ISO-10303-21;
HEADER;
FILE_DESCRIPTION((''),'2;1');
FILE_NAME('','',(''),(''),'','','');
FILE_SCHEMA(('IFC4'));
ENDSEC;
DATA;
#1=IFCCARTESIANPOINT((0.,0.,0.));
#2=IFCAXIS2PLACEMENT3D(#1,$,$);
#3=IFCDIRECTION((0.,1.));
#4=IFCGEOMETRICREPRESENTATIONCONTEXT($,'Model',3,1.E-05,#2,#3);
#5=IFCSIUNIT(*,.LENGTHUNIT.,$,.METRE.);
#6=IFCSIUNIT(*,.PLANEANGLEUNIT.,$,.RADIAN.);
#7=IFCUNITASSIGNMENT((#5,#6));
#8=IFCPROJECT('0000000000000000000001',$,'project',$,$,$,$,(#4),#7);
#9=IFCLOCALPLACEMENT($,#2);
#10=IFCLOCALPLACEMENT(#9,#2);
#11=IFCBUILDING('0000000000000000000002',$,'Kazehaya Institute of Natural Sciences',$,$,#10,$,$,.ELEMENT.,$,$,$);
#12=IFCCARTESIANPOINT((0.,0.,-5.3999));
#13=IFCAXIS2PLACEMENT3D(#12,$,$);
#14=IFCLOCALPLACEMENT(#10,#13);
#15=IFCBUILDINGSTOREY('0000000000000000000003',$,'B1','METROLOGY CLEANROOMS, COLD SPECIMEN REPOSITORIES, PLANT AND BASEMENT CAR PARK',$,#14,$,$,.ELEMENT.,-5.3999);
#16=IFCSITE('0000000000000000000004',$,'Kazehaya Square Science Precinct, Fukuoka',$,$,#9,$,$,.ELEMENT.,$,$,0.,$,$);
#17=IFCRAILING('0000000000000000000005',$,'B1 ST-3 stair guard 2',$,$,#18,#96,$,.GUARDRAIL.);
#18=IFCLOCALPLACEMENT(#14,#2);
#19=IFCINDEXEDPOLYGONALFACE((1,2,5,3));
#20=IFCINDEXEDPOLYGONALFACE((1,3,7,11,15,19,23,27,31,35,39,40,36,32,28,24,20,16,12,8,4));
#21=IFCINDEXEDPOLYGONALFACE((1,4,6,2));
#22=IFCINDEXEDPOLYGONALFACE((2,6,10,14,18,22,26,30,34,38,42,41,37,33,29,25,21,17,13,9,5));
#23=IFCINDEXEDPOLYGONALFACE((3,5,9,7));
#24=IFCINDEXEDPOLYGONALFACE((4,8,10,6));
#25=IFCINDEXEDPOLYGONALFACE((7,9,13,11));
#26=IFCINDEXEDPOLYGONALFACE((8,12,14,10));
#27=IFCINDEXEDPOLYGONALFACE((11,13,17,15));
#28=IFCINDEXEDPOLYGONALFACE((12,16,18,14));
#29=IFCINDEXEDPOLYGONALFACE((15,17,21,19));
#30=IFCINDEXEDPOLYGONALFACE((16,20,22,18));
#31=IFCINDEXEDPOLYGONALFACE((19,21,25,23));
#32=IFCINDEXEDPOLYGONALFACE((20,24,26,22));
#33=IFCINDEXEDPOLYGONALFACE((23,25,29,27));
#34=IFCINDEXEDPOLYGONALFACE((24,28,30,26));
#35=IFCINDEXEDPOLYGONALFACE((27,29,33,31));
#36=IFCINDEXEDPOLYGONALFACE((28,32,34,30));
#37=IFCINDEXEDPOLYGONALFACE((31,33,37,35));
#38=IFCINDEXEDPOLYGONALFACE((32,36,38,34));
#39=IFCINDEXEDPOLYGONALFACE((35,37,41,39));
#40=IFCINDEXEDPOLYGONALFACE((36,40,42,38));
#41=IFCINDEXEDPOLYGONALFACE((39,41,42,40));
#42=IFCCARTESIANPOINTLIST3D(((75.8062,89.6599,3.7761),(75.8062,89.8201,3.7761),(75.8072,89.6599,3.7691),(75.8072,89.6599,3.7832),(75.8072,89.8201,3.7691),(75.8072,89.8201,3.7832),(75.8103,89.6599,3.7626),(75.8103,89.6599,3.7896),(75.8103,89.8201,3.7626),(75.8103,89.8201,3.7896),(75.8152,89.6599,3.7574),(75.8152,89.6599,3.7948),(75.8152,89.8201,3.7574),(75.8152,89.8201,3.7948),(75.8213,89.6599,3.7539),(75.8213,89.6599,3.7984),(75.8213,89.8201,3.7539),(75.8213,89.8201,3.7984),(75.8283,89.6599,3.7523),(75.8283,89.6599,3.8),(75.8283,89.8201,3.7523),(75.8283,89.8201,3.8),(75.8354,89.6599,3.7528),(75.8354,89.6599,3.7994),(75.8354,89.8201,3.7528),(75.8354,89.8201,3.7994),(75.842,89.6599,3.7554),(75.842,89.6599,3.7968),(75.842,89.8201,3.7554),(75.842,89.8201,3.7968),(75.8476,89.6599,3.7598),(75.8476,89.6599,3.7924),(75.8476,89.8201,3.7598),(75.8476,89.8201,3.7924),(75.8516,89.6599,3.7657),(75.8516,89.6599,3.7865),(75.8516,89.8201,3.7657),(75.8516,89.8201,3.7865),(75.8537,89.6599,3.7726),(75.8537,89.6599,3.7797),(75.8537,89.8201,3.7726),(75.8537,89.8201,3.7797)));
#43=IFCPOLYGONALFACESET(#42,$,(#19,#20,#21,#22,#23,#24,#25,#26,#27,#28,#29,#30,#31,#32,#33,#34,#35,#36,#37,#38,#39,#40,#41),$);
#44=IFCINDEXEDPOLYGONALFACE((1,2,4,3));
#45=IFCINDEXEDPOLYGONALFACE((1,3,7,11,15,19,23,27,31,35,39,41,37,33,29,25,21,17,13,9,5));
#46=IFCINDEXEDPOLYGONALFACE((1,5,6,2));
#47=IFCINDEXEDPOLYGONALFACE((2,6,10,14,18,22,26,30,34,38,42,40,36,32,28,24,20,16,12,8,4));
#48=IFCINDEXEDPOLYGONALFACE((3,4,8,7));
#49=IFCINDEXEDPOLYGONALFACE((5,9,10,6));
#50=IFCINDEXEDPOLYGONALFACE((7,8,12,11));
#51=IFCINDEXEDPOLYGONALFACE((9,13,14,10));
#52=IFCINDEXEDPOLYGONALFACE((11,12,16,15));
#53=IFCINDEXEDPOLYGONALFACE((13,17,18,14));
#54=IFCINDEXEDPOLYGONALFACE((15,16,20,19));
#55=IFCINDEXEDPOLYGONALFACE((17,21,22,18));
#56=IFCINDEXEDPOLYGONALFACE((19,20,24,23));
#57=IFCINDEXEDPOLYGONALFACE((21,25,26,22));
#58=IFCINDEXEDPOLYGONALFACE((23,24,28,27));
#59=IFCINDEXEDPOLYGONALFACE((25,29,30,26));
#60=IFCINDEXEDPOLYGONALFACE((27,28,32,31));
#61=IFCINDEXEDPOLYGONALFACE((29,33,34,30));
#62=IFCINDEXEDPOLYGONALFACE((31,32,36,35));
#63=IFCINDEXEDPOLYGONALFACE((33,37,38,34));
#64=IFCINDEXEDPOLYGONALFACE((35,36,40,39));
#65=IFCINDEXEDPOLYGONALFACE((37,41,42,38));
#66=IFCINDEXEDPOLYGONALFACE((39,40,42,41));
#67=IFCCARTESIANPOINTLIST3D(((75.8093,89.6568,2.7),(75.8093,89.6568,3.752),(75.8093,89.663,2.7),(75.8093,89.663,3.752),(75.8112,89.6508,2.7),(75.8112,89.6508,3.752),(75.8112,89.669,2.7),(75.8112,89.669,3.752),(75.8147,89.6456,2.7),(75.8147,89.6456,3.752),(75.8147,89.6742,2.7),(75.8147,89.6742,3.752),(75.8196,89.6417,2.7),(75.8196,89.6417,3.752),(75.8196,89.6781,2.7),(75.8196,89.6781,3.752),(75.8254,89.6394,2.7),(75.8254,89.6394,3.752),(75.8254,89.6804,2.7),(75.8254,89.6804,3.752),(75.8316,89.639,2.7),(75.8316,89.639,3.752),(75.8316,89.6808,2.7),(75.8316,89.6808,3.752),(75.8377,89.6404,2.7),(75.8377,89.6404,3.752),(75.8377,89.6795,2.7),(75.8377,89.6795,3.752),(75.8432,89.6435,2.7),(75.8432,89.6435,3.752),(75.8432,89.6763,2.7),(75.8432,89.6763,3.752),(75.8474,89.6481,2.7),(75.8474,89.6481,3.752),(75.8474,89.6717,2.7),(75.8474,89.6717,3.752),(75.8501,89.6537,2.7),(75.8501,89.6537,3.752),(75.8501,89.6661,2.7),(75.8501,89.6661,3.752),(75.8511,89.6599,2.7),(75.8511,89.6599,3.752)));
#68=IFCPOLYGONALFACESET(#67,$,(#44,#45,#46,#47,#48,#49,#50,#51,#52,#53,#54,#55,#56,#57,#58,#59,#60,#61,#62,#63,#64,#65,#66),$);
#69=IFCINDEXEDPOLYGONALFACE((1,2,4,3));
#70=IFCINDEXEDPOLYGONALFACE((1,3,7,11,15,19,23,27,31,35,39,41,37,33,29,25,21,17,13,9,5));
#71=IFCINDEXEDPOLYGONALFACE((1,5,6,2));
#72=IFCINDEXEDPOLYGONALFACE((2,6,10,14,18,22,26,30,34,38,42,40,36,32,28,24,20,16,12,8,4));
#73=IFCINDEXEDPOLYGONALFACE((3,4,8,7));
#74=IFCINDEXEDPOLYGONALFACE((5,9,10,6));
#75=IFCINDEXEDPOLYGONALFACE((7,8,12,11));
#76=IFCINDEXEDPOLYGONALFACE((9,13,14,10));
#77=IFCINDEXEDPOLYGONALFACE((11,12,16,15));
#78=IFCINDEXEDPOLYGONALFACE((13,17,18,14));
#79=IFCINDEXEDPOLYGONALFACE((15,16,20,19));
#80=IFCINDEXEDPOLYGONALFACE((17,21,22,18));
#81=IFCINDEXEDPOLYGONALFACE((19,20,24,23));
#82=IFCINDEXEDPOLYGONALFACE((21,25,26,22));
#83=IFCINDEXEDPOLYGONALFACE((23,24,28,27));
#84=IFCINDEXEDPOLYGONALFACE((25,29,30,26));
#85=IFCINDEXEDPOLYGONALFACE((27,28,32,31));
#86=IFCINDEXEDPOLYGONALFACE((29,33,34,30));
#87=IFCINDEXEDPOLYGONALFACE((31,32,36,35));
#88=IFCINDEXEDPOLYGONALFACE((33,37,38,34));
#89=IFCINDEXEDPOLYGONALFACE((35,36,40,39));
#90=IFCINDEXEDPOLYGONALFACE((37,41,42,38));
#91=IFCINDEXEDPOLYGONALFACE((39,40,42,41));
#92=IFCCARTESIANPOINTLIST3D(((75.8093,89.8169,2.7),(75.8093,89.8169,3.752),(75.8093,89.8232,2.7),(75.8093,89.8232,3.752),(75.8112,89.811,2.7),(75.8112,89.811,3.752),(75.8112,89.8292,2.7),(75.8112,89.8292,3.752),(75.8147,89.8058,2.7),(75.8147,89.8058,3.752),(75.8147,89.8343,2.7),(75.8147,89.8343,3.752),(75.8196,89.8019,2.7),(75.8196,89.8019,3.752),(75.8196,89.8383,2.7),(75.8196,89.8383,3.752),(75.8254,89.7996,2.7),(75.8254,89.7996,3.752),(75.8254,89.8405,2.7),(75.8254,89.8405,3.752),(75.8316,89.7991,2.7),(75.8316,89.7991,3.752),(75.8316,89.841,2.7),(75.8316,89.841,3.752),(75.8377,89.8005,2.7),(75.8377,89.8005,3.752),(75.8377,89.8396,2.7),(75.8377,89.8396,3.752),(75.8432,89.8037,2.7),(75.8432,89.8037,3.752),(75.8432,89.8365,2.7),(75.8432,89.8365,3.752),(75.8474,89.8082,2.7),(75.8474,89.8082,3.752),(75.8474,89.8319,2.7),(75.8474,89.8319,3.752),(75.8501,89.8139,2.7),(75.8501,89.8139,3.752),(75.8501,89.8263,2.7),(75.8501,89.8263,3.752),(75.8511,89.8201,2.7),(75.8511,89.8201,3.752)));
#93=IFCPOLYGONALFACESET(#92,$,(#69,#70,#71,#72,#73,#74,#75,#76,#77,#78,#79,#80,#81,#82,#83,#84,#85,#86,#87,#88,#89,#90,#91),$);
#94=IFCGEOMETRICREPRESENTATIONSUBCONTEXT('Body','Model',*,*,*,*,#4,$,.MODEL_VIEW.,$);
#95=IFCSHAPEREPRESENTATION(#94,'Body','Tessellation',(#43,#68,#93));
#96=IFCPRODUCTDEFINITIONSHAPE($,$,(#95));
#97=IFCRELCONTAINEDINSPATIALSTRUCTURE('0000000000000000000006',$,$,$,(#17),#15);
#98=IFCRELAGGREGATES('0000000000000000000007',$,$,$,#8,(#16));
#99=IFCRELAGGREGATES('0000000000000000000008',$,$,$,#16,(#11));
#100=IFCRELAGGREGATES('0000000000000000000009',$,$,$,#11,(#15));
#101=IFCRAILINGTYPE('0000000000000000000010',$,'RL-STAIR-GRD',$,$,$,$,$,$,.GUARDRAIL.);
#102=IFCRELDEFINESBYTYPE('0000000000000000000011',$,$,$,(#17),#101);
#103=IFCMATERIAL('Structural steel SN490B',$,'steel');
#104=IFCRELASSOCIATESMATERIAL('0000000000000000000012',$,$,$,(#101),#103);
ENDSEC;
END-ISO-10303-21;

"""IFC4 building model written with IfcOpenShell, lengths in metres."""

from ifc_helpers import new_model, si_unit, direction, frame, origin, origin_2d, place, context, subcontext, project, spatial, circle, extrude, material, type_object, element, save


model = new_model("IFC4")

# Units and contexts
model_context = context("Model", 3, precision=1e-05, world=origin(), true_north=direction((0.0, 1.0)))
body_context = subcontext(model_context, "Body", "Model", "MODEL_VIEW")
ifc_project = project(units=[si_unit("LENGTHUNIT", "METRE"), si_unit("PLANEANGLEUNIT", "RADIAN")], contexts=[model_context])

# Site, building, storey
site_placement = place(None, origin())
site = spatial("IfcSite", under=ifc_project, at=site_placement, Name="Kazehaya Square Science Precinct, Fukuoka", CompositionType="ELEMENT", RefElevation=0.0)
building_placement = place(site_placement, origin())
building = spatial("IfcBuilding", under=site, at=building_placement, Name="Kazehaya Institute of Natural Sciences", CompositionType="ELEMENT")
storey_placement = place(building_placement, frame((0.0, 0.0, -5.3999)))
storey = spatial("IfcBuildingStorey", under=building, at=storey_placement, Name="B1", Description="METROLOGY CLEANROOMS, COLD SPECIMEN REPOSITORIES, PLANT AND BASEMENT CAR PARK", CompositionType="ELEMENT", Elevation=-5.3999)

# Railing
ifc_material_1 = material(Name="Structural steel SN490B", Category="steel")
railing_type_1 = type_object("IfcRailingType", Name="RL-STAIR-GRD", PredefinedType="GUARDRAIL", material=ifc_material_1)
railing_1_placement = place(storey_placement, frame((75.8301, 89.6599, 2.7)))
element("IfcRailing", 1, at=railing_1_placement, inside=storey, type_object=railing_type_1, Name="B1 ST-3 stair guard 2", PredefinedType="GUARDRAIL", context=body_context, shape_type="SweptSolid", body=[
    extrude(circle(Radius=0.0239, at=origin_2d()), frame((0.0, 0.0, 1.0762), z_axis=(0.0, 1.0, 0.0), x_axis=(-1.0, 0.0, 0.0)), (0.0, 0.0, 1.0), 0.1602),
    extrude(circle(Radius=0.021, at=origin_2d()), origin(), (0.0, 0.0, 1.0), 1.052),
    extrude(circle(Radius=0.021, at=origin_2d()), frame((0.0, 0.1602, 0.0)), (0.0, 0.0, 1.0), 1.052),
])

save(model, "model.ifc")
